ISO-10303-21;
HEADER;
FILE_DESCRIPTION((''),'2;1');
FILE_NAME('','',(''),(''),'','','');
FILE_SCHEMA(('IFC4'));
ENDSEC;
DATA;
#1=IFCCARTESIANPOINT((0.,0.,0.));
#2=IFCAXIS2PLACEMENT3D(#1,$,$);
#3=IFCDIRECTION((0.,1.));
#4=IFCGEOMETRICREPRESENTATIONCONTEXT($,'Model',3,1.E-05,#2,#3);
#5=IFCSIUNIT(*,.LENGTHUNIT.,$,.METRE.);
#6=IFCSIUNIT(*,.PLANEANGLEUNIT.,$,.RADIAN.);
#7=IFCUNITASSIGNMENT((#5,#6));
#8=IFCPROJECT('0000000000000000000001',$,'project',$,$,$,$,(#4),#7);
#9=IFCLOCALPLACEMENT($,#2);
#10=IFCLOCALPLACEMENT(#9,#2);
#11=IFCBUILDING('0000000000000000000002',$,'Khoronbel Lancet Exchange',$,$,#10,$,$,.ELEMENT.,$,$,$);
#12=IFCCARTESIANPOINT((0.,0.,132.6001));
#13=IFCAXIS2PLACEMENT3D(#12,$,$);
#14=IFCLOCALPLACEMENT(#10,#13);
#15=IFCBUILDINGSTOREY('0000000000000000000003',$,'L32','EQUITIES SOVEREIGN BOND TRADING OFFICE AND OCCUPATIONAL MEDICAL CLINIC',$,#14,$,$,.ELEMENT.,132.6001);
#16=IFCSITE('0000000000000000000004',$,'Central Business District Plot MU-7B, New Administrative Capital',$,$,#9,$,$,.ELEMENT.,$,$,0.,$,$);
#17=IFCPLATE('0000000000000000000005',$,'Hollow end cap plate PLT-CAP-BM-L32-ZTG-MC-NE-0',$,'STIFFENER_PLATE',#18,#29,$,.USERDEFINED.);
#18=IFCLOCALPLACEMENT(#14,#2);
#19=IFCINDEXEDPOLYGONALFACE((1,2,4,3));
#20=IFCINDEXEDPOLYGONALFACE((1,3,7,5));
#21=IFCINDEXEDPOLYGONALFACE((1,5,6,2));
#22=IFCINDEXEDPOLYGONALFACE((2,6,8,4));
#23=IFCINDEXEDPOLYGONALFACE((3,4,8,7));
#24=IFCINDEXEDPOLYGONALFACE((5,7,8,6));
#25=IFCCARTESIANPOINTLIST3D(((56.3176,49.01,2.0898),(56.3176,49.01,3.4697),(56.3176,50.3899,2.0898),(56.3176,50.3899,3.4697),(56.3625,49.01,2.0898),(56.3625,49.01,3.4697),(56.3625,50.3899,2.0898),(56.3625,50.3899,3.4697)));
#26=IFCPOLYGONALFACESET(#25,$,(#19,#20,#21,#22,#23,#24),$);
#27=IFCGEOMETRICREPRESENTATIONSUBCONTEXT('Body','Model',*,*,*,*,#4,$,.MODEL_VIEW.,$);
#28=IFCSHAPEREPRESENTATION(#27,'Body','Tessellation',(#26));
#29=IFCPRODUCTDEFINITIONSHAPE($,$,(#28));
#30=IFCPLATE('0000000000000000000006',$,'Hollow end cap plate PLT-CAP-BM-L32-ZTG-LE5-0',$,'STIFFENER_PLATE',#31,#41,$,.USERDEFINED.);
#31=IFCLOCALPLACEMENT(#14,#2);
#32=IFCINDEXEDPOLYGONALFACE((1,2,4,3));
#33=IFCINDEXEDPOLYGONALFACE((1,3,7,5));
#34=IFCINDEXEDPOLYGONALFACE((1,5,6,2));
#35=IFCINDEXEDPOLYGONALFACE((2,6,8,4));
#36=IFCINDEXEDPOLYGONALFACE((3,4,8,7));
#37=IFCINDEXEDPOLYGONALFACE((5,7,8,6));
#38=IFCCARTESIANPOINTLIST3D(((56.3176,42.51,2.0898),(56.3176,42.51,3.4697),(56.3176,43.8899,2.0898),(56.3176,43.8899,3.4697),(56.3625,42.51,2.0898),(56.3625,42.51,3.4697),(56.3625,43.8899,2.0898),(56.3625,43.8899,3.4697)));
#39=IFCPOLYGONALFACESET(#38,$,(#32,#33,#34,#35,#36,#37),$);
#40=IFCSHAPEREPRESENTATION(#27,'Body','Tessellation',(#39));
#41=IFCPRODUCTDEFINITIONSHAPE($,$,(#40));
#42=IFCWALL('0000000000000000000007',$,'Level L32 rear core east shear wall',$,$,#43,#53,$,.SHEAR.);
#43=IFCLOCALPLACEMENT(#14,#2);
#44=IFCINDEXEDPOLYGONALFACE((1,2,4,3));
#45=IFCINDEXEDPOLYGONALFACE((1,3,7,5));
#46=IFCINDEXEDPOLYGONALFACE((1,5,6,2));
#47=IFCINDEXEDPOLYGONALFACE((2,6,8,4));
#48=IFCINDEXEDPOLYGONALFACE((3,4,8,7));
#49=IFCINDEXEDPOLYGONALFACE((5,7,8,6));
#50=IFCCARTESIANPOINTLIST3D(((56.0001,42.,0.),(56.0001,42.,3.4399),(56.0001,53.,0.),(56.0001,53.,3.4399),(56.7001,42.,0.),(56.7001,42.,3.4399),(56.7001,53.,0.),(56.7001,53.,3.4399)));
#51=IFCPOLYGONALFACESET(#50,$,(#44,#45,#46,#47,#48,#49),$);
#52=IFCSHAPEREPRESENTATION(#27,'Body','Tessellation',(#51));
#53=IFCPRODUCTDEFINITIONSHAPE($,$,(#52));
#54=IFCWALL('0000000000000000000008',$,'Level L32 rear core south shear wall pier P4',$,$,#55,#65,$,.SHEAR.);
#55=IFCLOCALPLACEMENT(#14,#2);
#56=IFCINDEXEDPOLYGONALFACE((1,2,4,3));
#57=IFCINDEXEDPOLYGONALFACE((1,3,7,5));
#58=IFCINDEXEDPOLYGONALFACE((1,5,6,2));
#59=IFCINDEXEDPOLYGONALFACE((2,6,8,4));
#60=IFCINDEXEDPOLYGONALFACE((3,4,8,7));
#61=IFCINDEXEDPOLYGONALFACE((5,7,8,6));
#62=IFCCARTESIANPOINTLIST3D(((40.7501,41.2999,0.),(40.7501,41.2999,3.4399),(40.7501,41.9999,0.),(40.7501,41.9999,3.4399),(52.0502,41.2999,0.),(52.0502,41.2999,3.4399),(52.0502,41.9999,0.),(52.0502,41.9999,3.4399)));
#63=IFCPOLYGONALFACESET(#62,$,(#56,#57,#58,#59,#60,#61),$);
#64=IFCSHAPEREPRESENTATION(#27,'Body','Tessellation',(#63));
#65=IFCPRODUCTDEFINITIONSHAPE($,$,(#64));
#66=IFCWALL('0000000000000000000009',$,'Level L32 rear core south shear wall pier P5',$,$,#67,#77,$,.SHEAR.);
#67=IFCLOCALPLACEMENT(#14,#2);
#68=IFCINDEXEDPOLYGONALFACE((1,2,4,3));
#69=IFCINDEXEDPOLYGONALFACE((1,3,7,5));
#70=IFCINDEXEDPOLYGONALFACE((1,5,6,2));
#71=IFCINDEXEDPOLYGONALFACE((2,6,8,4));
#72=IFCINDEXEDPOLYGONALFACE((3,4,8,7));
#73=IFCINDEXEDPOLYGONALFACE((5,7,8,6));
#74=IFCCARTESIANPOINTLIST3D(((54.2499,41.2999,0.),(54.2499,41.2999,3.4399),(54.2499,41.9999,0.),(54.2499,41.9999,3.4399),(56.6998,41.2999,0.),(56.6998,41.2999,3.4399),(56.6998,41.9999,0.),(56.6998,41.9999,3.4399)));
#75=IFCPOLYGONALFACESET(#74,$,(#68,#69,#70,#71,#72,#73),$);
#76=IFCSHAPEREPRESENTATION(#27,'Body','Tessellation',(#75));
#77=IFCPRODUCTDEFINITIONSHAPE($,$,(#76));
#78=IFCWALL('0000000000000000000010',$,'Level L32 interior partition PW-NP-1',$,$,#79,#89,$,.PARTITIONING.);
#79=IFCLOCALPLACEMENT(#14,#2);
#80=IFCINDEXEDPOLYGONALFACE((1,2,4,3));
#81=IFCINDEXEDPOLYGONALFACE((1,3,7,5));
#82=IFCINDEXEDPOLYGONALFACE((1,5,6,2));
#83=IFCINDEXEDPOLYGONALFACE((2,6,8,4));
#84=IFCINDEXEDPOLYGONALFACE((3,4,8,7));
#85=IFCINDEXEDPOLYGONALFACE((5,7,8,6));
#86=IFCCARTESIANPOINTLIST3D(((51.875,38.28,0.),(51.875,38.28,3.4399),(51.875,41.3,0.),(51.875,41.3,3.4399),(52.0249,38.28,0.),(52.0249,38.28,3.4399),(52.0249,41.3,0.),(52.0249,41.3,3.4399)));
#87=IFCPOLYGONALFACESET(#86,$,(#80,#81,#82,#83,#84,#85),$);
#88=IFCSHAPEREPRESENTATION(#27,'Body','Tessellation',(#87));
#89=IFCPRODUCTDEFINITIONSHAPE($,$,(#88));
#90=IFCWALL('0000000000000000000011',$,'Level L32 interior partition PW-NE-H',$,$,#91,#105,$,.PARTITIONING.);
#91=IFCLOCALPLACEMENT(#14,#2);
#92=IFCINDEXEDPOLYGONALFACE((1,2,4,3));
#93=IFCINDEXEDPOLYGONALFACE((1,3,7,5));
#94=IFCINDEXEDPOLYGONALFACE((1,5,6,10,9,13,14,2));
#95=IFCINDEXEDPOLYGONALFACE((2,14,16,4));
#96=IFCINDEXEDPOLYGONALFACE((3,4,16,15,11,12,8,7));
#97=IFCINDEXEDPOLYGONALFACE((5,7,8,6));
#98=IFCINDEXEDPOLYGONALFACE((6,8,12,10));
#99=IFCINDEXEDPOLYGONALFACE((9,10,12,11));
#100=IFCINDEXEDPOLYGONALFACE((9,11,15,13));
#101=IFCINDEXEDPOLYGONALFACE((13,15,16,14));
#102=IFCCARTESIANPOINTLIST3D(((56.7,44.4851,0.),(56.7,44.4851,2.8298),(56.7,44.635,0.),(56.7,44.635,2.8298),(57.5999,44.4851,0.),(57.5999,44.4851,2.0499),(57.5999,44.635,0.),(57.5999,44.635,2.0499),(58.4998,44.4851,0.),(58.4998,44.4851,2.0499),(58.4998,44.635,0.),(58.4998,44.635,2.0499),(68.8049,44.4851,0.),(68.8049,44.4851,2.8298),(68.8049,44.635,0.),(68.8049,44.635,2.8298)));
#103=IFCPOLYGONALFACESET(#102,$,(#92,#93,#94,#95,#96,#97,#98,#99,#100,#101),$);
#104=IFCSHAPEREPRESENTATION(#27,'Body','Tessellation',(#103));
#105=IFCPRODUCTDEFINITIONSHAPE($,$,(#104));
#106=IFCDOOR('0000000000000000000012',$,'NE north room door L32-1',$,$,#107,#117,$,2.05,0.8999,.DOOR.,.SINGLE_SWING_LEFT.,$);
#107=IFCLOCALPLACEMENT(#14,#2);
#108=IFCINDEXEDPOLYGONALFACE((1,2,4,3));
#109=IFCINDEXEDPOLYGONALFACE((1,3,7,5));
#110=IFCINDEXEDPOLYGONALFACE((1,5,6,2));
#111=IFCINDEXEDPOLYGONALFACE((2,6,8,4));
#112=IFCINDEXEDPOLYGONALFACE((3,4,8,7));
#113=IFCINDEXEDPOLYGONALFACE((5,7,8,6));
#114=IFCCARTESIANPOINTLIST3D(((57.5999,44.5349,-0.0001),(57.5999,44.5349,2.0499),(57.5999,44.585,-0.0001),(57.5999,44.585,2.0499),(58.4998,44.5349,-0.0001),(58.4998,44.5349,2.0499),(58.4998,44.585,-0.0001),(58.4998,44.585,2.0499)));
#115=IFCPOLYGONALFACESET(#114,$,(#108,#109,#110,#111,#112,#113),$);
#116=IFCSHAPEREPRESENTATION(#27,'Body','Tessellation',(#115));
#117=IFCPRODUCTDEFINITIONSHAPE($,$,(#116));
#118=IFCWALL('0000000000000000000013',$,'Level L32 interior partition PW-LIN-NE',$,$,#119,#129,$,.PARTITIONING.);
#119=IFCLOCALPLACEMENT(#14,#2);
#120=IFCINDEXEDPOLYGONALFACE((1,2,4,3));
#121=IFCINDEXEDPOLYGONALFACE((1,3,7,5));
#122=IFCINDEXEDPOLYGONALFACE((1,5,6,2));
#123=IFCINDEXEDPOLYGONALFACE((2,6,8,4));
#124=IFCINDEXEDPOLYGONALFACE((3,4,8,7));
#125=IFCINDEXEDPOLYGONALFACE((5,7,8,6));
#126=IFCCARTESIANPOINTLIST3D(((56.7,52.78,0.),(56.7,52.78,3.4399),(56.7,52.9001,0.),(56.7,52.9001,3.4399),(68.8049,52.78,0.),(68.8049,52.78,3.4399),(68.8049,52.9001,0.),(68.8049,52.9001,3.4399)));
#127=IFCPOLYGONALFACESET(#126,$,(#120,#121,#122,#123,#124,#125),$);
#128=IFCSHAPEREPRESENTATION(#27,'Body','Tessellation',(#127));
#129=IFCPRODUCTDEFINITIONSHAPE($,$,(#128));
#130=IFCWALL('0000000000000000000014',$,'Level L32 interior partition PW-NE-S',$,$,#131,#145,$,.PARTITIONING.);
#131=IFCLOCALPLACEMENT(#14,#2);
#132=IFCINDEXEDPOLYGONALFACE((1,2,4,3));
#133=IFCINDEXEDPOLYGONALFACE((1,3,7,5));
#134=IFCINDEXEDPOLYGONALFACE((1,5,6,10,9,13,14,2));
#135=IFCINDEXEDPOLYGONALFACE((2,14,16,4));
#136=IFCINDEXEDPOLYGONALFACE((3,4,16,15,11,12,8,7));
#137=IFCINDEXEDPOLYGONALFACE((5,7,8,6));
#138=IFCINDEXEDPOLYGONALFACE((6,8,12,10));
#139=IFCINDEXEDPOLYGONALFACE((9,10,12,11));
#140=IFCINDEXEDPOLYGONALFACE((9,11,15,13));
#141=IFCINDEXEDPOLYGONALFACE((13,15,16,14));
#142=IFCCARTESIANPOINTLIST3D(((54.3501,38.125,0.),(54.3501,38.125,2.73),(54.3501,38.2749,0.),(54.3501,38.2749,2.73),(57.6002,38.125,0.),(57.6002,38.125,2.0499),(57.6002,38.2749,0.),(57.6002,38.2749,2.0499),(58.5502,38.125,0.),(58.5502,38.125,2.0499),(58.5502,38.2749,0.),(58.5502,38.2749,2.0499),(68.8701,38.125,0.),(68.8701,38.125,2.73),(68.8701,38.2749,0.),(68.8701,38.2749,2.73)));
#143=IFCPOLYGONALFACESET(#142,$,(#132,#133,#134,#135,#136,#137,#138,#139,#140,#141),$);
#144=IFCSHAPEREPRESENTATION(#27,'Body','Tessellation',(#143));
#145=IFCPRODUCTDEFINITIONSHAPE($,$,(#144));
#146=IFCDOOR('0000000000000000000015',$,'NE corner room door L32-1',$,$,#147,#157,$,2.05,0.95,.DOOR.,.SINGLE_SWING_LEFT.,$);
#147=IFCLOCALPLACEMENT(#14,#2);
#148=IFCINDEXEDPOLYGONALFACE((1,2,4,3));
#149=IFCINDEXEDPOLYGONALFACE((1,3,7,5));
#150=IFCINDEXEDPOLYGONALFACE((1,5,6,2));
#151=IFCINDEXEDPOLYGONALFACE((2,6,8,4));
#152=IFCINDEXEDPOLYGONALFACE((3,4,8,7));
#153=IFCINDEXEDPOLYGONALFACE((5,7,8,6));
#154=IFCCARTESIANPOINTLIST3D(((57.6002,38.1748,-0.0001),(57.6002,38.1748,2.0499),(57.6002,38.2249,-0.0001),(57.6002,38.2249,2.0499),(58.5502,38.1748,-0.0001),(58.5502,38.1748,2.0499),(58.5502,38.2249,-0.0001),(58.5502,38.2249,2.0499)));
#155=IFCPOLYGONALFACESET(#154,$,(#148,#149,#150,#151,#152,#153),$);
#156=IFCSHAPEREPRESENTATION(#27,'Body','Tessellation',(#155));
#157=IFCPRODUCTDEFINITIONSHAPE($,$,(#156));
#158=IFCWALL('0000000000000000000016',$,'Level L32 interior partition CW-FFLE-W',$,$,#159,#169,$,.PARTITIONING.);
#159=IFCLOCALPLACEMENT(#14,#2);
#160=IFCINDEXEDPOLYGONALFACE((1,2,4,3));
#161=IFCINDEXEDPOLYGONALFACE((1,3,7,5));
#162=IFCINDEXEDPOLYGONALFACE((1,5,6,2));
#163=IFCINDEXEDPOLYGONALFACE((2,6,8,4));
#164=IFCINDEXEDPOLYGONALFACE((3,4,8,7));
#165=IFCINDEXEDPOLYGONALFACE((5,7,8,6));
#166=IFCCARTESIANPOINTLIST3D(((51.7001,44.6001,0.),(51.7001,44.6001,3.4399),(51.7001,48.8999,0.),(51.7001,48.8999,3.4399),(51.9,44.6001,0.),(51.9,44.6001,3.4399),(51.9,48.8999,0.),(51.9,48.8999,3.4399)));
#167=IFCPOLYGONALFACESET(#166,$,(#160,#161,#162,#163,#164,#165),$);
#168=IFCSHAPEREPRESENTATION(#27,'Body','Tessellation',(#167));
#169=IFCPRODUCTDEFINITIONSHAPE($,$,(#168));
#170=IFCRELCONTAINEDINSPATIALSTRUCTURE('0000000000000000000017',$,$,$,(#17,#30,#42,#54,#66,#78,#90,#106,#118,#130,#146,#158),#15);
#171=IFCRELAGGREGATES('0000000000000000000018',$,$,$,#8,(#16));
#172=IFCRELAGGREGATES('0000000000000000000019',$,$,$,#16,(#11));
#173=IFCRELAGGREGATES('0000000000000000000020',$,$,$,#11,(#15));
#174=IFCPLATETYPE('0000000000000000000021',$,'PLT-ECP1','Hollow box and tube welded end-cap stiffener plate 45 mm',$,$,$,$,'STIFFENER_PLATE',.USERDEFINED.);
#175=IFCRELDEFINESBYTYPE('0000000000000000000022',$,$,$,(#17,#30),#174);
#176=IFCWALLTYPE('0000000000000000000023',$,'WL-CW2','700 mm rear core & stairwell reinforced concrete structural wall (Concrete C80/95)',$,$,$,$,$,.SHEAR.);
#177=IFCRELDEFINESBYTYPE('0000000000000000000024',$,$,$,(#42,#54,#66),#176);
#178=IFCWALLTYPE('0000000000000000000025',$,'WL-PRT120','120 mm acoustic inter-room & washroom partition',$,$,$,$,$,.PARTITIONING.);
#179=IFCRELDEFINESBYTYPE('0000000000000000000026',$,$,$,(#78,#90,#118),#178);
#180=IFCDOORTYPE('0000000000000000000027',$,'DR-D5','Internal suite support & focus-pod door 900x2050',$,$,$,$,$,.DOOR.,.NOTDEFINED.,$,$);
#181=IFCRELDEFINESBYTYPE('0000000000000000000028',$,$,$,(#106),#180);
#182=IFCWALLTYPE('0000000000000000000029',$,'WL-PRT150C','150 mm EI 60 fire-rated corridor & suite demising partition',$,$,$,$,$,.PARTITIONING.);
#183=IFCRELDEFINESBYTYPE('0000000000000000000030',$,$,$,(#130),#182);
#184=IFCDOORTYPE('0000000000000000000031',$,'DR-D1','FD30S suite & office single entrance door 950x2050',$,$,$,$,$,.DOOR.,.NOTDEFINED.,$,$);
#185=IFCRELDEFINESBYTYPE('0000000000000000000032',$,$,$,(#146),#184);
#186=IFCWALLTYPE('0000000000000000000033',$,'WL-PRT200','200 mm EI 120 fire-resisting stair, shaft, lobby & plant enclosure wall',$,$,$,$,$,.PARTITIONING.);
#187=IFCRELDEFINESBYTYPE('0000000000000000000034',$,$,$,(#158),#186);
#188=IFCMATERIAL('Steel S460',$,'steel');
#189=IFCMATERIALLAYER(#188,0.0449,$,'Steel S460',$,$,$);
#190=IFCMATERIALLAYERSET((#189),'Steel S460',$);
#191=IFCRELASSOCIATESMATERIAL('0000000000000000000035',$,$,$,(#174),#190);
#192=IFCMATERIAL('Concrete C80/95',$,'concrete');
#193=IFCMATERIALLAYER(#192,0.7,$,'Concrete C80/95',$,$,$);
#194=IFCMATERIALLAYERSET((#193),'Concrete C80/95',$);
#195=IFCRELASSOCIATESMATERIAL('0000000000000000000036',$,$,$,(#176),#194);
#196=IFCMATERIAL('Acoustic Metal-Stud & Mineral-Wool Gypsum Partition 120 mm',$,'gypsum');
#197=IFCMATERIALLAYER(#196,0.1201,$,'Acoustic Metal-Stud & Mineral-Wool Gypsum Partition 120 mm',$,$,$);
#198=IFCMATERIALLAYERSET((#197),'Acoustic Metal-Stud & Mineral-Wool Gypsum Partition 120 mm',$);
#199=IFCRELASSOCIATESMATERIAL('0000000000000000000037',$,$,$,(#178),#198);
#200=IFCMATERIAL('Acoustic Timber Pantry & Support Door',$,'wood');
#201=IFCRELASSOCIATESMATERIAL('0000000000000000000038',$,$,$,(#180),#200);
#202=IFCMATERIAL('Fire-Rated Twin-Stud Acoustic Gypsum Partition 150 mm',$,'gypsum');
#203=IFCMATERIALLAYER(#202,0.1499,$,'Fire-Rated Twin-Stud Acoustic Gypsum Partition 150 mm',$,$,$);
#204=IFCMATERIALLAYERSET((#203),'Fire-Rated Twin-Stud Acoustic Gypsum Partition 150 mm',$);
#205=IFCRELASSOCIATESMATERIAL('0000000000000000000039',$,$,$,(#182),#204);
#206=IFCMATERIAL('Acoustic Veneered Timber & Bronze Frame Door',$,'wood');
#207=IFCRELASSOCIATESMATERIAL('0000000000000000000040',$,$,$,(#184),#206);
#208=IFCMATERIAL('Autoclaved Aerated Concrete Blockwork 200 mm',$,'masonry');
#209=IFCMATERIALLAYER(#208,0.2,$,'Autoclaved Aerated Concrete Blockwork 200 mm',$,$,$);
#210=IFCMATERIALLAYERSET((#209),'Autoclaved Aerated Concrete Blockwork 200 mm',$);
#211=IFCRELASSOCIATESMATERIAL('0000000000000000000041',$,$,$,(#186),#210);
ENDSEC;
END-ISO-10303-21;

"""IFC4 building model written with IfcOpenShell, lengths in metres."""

from ifc_helpers import new_model, si_unit, direction, frame, frame_2d, origin, origin_2d, place, context, subcontext, project, spatial, rectangle, extrude, material, layer, layer_set, type_object, element, fill, save


model = new_model("IFC4")

# Units and contexts
model_context = context("Model", 3, precision=1e-05, world=origin(), true_north=direction((0.0, 1.0)))
body_context = subcontext(model_context, "Body", "Model", "MODEL_VIEW")
ifc_project = project(units=[si_unit("LENGTHUNIT", "METRE"), si_unit("PLANEANGLEUNIT", "RADIAN")], contexts=[model_context])

# Site, building, storey
site_placement = place(None, origin())
site = spatial("IfcSite", under=ifc_project, at=site_placement, Name="Central Business District Plot MU-7B, New Administrative Capital", CompositionType="ELEMENT", RefElevation=0.0)
building_placement = place(site_placement, origin())
building = spatial("IfcBuilding", under=site, at=building_placement, Name="Khoronbel Lancet Exchange", CompositionType="ELEMENT")
storey_placement = place(building_placement, frame((0.0, 0.0, 132.6001)))
storey = spatial("IfcBuildingStorey", under=building, at=storey_placement, Name="L32", Description="EQUITIES SOVEREIGN BOND TRADING OFFICE AND OCCUPATIONAL MEDICAL CLINIC", CompositionType="ELEMENT", Elevation=132.6001)

# Shared definitions
ifc_material_1 = material(Name="Steel S460", Category="steel")

# Shared definitions
ifc_material_2 = material(Name="Concrete C80/95", Category="concrete")

# Plates
ifc_layer_1 = layer(ifc_material_1, 0.0449, Name="Steel S460")
ifc_layer_set_1 = layer_set([ifc_layer_1], Name="Steel S460")
plate_type = type_object("IfcPlateType", Name="PLT-ECP1", Description="Hollow box and tube welded end-cap stiffener plate 45 mm", ElementType="STIFFENER_PLATE", PredefinedType="USERDEFINED", material=ifc_layer_set_1)
for number, where, z_axis, x_axis, name in (
    (1, (56.3401, 49.7, 2.0898), (0.0, 0.0, 1.0), (-1.0, 0.0, 0.0), "Hollow end cap plate PLT-CAP-BM-L32-ZTG-MC-NE-0"),
    (2, (56.3401, 43.2, 2.0898), (0.0, 0.0, 1.0), (-1.0, 0.0, 0.0), "Hollow end cap plate PLT-CAP-BM-L32-ZTG-LE5-0"),
):
    element("IfcPlate", number, at=place(storey_placement, frame(where, z_axis=z_axis, x_axis=x_axis)), inside=storey, type_object=plate_type, Name=name, ObjectType="STIFFENER_PLATE", PredefinedType="USERDEFINED", context=body_context, shape_type="SweptSolid", body=[
        extrude(rectangle(XDim=0.0449, YDim=1.3799, at=origin_2d()), origin(), (0.0, 0.0, 1.0), 1.3799),
    ])

# Walls
ifc_layer_2 = layer(ifc_material_2, 0.7, Name="Concrete C80/95")
ifc_layer_set_2 = layer_set([ifc_layer_2], Name="Concrete C80/95")
wall_type_1 = type_object("IfcWallType", Name="WL-CW2", Description="700 mm rear core & stairwell reinforced concrete structural wall (Concrete C80/95)", PredefinedType="SHEAR", material=ifc_layer_set_2)
wall_1_placement = place(storey_placement, frame((56.3501, 53.0, 0.0), z_axis=(0.0, 0.0, 1.0), x_axis=(0.0, -1.0, 0.0)))
element("IfcWall", 3, at=wall_1_placement, inside=storey, type_object=wall_type_1, Name="Level L32 rear core east shear wall", PredefinedType="SHEAR", context=body_context, shape_type="SweptSolid", body=[
    extrude(rectangle(XDim=11.0, YDim=0.7, at=frame_2d((5.5, 0.0))), origin(), (0.0, 0.0, 1.0), 3.4399),
])
wall_2_placement = place(storey_placement, frame((52.05, 41.6499, 0.0), z_axis=(0.0, 0.0, 1.0), x_axis=(-1.0, 0.0, 0.0)))
element("IfcWall", 4, at=wall_2_placement, inside=storey, type_object=wall_type_1, Name="Level L32 rear core south shear wall pier P4", PredefinedType="SHEAR", context=body_context, shape_type="SweptSolid", body=[
    extrude(rectangle(XDim=11.3, YDim=0.7, at=frame_2d((5.6499, 0.0))), origin(), (0.0, 0.0, 1.0), 3.4399),
])
wall_3_placement = place(storey_placement, frame((56.7, 41.6499, 0.0), z_axis=(0.0, 0.0, 1.0), x_axis=(-1.0, 0.0, 0.0)))
element("IfcWall", 5, at=wall_3_placement, inside=storey, type_object=wall_type_1, Name="Level L32 rear core south shear wall pier P5", PredefinedType="SHEAR", context=body_context, shape_type="SweptSolid", body=[
    extrude(rectangle(XDim=2.45, YDim=0.7, at=frame_2d((1.2251, 0.0))), origin(), (0.0, 0.0, 1.0), 3.4399),
])
ifc_material_3 = material(Name="Acoustic Metal-Stud & Mineral-Wool Gypsum Partition 120 mm", Category="gypsum")
ifc_layer_3 = layer(ifc_material_3, 0.1201, Name="Acoustic Metal-Stud & Mineral-Wool Gypsum Partition 120 mm")
ifc_layer_set_3 = layer_set([ifc_layer_3], Name="Acoustic Metal-Stud & Mineral-Wool Gypsum Partition 120 mm")
wall_type_2 = type_object("IfcWallType", Name="WL-PRT120", Description="120 mm acoustic inter-room & washroom partition", PredefinedType="PARTITIONING", material=ifc_layer_set_3)
wall_4_placement = place(storey_placement, frame((51.95, 38.28, 0.0), z_axis=(0.0, 0.0, 1.0), x_axis=(0.0, 1.0, 0.0)))
element("IfcWall", 6, at=wall_4_placement, inside=storey, type_object=wall_type_2, Name="Level L32 interior partition PW-NP-1", PredefinedType="PARTITIONING", context=body_context, shape_type="SweptSolid", body=[
    extrude(rectangle(XDim=3.02, YDim=0.1499, at=frame_2d((1.51, 0.0))), origin(), (0.0, 0.0, 1.0), 3.4399),
])

# Wall, opening, door
wall_5_placement = place(storey_placement, frame((56.7, 44.5601, 0.0), z_axis=(0.0, 0.0, 1.0), x_axis=(1.0, 0.0, 0.0)))
wall_5 = element("IfcWall", 7, at=wall_5_placement, inside=storey, type_object=wall_type_2, Name="Level L32 interior partition PW-NE-H", PredefinedType="PARTITIONING", context=body_context, shape_type="SweptSolid", body=[
    extrude(rectangle(XDim=12.105, YDim=0.1499, at=frame_2d((6.0525, 0.0))), origin(), (0.0, 0.0, 1.0), 2.8298),
])
opening_1_placement = place(wall_5_placement, frame((0.8999, 0.0, 0.0)))
opening_1 = element("IfcOpeningElement", 8, at=opening_1_placement, cuts=wall_5, PredefinedType="OPENING", context=body_context, shape_type="SweptSolid", body=[
    extrude(rectangle(XDim=0.8999, YDim=2.05, at=frame_2d((0.45, 1.0249))), frame((0.0, 0.085, 0.0), z_axis=(0.0, -1.0, 0.0), x_axis=(1.0, 0.0, 0.0)), (0.0, 0.0, 1.0), 0.1699),
])
ifc_material_4 = material(Name="Acoustic Timber Pantry & Support Door", Category="wood")
door_type_1 = type_object("IfcDoorType", Name="DR-D5", Description="Internal suite support & focus-pod door 900x2050", OperationType="NOTDEFINED", PredefinedType="DOOR", material=ifc_material_4)
door_1_placement = place(opening_1_placement, origin())
door_1 = element("IfcDoor", 9, at=door_1_placement, inside=storey, type_object=door_type_1, Name="NE north room door L32-1", OperationType="SINGLE_SWING_LEFT", OverallHeight=2.05, OverallWidth=0.8999, PredefinedType="DOOR", context=body_context, shape_type="SweptSolid", body=[
    extrude(rectangle(XDim=0.8999, YDim=2.05, at=frame_2d((0.45, 1.0249))), frame((0.0, 0.0249, 0.0), z_axis=(0.0, -1.0, 0.0), x_axis=(1.0, 0.0, 0.0)), (0.0, 0.0, 1.0), 0.05),
])
fill(opening_1, door_1)

# Wall
wall_6_placement = place(storey_placement, frame((56.7, 52.8401, 0.0), z_axis=(0.0, 0.0, 1.0), x_axis=(1.0, 0.0, 0.0)))
element("IfcWall", 10, at=wall_6_placement, inside=storey, type_object=wall_type_2, Name="Level L32 interior partition PW-LIN-NE", PredefinedType="PARTITIONING", context=body_context, shape_type="SweptSolid", body=[
    extrude(rectangle(XDim=12.105, YDim=0.1201, at=frame_2d((6.0525, 0.0))), origin(), (0.0, 0.0, 1.0), 3.4399),
])

# Wall, opening, door
ifc_material_5 = material(Name="Fire-Rated Twin-Stud Acoustic Gypsum Partition 150 mm", Category="gypsum")
ifc_layer_4 = layer(ifc_material_5, 0.1499, Name="Fire-Rated Twin-Stud Acoustic Gypsum Partition 150 mm")
ifc_layer_set_4 = layer_set([ifc_layer_4], Name="Fire-Rated Twin-Stud Acoustic Gypsum Partition 150 mm")
wall_type_3 = type_object("IfcWallType", Name="WL-PRT150C", Description="150 mm EI 60 fire-rated corridor & suite demising partition", PredefinedType="PARTITIONING", material=ifc_layer_set_4)
wall_7_placement = place(storey_placement, frame((54.3501, 38.2, 0.0), z_axis=(0.0, 0.0, 1.0), x_axis=(1.0, 0.0, 0.0)))
wall_7 = element("IfcWall", 11, at=wall_7_placement, inside=storey, type_object=wall_type_3, Name="Level L32 interior partition PW-NE-S", PredefinedType="PARTITIONING", context=body_context, shape_type="SweptSolid", body=[
    extrude(rectangle(XDim=14.52, YDim=0.1499, at=frame_2d((7.26, 0.0))), origin(), (0.0, 0.0, 1.0), 2.73),
])
opening_2_placement = place(wall_7_placement, frame((3.25, 0.0, 0.0)))
opening_2 = element("IfcOpeningElement", 12, at=opening_2_placement, cuts=wall_7, PredefinedType="OPENING", context=body_context, shape_type="SweptSolid", body=[
    extrude(rectangle(XDim=0.95, YDim=2.05, at=frame_2d((0.4751, 1.0249))), frame((0.0, 0.085, 0.0), z_axis=(0.0, -1.0, 0.0), x_axis=(1.0, 0.0, 0.0)), (0.0, 0.0, 1.0), 0.1699),
])
ifc_material_6 = material(Name="Acoustic Veneered Timber & Bronze Frame Door", Category="wood")
door_type_2 = type_object("IfcDoorType", Name="DR-D1", Description="FD30S suite & office single entrance door 950x2050", OperationType="NOTDEFINED", PredefinedType="DOOR", material=ifc_material_6)
door_2_placement = place(opening_2_placement, origin())
door_2 = element("IfcDoor", 13, at=door_2_placement, inside=storey, type_object=door_type_2, Name="NE corner room door L32-1", OperationType="SINGLE_SWING_LEFT", OverallHeight=2.05, OverallWidth=0.95, PredefinedType="DOOR", context=body_context, shape_type="SweptSolid", body=[
    extrude(rectangle(XDim=0.95, YDim=2.05, at=frame_2d((0.4751, 1.0249))), frame((0.0, 0.0249, 0.0), z_axis=(0.0, -1.0, 0.0), x_axis=(1.0, 0.0, 0.0)), (0.0, 0.0, 1.0), 0.05),
])
fill(opening_2, door_2)

# Wall
ifc_material_7 = material(Name="Autoclaved Aerated Concrete Blockwork 200 mm", Category="masonry")
ifc_layer_5 = layer(ifc_material_7, 0.2, Name="Autoclaved Aerated Concrete Blockwork 200 mm")
ifc_layer_set_5 = layer_set([ifc_layer_5], Name="Autoclaved Aerated Concrete Blockwork 200 mm")
wall_type_4 = type_object("IfcWallType", Name="WL-PRT200", Description="200 mm EI 120 fire-resisting stair, shaft, lobby & plant enclosure wall", PredefinedType="PARTITIONING", material=ifc_layer_set_5)
wall_8_placement = place(storey_placement, frame((51.8, 44.6001, 0.0), z_axis=(0.0, 0.0, 1.0), x_axis=(0.0, 1.0, 0.0)))
element("IfcWall", 14, at=wall_8_placement, inside=storey, type_object=wall_type_4, Name="Level L32 interior partition CW-FFLE-W", PredefinedType="PARTITIONING", context=body_context, shape_type="SweptSolid", body=[
    extrude(rectangle(XDim=4.2998, YDim=0.2, at=frame_2d((2.1499, 0.0))), origin(), (0.0, 0.0, 1.0), 3.4399),
])

save(model, "model.ifc")
